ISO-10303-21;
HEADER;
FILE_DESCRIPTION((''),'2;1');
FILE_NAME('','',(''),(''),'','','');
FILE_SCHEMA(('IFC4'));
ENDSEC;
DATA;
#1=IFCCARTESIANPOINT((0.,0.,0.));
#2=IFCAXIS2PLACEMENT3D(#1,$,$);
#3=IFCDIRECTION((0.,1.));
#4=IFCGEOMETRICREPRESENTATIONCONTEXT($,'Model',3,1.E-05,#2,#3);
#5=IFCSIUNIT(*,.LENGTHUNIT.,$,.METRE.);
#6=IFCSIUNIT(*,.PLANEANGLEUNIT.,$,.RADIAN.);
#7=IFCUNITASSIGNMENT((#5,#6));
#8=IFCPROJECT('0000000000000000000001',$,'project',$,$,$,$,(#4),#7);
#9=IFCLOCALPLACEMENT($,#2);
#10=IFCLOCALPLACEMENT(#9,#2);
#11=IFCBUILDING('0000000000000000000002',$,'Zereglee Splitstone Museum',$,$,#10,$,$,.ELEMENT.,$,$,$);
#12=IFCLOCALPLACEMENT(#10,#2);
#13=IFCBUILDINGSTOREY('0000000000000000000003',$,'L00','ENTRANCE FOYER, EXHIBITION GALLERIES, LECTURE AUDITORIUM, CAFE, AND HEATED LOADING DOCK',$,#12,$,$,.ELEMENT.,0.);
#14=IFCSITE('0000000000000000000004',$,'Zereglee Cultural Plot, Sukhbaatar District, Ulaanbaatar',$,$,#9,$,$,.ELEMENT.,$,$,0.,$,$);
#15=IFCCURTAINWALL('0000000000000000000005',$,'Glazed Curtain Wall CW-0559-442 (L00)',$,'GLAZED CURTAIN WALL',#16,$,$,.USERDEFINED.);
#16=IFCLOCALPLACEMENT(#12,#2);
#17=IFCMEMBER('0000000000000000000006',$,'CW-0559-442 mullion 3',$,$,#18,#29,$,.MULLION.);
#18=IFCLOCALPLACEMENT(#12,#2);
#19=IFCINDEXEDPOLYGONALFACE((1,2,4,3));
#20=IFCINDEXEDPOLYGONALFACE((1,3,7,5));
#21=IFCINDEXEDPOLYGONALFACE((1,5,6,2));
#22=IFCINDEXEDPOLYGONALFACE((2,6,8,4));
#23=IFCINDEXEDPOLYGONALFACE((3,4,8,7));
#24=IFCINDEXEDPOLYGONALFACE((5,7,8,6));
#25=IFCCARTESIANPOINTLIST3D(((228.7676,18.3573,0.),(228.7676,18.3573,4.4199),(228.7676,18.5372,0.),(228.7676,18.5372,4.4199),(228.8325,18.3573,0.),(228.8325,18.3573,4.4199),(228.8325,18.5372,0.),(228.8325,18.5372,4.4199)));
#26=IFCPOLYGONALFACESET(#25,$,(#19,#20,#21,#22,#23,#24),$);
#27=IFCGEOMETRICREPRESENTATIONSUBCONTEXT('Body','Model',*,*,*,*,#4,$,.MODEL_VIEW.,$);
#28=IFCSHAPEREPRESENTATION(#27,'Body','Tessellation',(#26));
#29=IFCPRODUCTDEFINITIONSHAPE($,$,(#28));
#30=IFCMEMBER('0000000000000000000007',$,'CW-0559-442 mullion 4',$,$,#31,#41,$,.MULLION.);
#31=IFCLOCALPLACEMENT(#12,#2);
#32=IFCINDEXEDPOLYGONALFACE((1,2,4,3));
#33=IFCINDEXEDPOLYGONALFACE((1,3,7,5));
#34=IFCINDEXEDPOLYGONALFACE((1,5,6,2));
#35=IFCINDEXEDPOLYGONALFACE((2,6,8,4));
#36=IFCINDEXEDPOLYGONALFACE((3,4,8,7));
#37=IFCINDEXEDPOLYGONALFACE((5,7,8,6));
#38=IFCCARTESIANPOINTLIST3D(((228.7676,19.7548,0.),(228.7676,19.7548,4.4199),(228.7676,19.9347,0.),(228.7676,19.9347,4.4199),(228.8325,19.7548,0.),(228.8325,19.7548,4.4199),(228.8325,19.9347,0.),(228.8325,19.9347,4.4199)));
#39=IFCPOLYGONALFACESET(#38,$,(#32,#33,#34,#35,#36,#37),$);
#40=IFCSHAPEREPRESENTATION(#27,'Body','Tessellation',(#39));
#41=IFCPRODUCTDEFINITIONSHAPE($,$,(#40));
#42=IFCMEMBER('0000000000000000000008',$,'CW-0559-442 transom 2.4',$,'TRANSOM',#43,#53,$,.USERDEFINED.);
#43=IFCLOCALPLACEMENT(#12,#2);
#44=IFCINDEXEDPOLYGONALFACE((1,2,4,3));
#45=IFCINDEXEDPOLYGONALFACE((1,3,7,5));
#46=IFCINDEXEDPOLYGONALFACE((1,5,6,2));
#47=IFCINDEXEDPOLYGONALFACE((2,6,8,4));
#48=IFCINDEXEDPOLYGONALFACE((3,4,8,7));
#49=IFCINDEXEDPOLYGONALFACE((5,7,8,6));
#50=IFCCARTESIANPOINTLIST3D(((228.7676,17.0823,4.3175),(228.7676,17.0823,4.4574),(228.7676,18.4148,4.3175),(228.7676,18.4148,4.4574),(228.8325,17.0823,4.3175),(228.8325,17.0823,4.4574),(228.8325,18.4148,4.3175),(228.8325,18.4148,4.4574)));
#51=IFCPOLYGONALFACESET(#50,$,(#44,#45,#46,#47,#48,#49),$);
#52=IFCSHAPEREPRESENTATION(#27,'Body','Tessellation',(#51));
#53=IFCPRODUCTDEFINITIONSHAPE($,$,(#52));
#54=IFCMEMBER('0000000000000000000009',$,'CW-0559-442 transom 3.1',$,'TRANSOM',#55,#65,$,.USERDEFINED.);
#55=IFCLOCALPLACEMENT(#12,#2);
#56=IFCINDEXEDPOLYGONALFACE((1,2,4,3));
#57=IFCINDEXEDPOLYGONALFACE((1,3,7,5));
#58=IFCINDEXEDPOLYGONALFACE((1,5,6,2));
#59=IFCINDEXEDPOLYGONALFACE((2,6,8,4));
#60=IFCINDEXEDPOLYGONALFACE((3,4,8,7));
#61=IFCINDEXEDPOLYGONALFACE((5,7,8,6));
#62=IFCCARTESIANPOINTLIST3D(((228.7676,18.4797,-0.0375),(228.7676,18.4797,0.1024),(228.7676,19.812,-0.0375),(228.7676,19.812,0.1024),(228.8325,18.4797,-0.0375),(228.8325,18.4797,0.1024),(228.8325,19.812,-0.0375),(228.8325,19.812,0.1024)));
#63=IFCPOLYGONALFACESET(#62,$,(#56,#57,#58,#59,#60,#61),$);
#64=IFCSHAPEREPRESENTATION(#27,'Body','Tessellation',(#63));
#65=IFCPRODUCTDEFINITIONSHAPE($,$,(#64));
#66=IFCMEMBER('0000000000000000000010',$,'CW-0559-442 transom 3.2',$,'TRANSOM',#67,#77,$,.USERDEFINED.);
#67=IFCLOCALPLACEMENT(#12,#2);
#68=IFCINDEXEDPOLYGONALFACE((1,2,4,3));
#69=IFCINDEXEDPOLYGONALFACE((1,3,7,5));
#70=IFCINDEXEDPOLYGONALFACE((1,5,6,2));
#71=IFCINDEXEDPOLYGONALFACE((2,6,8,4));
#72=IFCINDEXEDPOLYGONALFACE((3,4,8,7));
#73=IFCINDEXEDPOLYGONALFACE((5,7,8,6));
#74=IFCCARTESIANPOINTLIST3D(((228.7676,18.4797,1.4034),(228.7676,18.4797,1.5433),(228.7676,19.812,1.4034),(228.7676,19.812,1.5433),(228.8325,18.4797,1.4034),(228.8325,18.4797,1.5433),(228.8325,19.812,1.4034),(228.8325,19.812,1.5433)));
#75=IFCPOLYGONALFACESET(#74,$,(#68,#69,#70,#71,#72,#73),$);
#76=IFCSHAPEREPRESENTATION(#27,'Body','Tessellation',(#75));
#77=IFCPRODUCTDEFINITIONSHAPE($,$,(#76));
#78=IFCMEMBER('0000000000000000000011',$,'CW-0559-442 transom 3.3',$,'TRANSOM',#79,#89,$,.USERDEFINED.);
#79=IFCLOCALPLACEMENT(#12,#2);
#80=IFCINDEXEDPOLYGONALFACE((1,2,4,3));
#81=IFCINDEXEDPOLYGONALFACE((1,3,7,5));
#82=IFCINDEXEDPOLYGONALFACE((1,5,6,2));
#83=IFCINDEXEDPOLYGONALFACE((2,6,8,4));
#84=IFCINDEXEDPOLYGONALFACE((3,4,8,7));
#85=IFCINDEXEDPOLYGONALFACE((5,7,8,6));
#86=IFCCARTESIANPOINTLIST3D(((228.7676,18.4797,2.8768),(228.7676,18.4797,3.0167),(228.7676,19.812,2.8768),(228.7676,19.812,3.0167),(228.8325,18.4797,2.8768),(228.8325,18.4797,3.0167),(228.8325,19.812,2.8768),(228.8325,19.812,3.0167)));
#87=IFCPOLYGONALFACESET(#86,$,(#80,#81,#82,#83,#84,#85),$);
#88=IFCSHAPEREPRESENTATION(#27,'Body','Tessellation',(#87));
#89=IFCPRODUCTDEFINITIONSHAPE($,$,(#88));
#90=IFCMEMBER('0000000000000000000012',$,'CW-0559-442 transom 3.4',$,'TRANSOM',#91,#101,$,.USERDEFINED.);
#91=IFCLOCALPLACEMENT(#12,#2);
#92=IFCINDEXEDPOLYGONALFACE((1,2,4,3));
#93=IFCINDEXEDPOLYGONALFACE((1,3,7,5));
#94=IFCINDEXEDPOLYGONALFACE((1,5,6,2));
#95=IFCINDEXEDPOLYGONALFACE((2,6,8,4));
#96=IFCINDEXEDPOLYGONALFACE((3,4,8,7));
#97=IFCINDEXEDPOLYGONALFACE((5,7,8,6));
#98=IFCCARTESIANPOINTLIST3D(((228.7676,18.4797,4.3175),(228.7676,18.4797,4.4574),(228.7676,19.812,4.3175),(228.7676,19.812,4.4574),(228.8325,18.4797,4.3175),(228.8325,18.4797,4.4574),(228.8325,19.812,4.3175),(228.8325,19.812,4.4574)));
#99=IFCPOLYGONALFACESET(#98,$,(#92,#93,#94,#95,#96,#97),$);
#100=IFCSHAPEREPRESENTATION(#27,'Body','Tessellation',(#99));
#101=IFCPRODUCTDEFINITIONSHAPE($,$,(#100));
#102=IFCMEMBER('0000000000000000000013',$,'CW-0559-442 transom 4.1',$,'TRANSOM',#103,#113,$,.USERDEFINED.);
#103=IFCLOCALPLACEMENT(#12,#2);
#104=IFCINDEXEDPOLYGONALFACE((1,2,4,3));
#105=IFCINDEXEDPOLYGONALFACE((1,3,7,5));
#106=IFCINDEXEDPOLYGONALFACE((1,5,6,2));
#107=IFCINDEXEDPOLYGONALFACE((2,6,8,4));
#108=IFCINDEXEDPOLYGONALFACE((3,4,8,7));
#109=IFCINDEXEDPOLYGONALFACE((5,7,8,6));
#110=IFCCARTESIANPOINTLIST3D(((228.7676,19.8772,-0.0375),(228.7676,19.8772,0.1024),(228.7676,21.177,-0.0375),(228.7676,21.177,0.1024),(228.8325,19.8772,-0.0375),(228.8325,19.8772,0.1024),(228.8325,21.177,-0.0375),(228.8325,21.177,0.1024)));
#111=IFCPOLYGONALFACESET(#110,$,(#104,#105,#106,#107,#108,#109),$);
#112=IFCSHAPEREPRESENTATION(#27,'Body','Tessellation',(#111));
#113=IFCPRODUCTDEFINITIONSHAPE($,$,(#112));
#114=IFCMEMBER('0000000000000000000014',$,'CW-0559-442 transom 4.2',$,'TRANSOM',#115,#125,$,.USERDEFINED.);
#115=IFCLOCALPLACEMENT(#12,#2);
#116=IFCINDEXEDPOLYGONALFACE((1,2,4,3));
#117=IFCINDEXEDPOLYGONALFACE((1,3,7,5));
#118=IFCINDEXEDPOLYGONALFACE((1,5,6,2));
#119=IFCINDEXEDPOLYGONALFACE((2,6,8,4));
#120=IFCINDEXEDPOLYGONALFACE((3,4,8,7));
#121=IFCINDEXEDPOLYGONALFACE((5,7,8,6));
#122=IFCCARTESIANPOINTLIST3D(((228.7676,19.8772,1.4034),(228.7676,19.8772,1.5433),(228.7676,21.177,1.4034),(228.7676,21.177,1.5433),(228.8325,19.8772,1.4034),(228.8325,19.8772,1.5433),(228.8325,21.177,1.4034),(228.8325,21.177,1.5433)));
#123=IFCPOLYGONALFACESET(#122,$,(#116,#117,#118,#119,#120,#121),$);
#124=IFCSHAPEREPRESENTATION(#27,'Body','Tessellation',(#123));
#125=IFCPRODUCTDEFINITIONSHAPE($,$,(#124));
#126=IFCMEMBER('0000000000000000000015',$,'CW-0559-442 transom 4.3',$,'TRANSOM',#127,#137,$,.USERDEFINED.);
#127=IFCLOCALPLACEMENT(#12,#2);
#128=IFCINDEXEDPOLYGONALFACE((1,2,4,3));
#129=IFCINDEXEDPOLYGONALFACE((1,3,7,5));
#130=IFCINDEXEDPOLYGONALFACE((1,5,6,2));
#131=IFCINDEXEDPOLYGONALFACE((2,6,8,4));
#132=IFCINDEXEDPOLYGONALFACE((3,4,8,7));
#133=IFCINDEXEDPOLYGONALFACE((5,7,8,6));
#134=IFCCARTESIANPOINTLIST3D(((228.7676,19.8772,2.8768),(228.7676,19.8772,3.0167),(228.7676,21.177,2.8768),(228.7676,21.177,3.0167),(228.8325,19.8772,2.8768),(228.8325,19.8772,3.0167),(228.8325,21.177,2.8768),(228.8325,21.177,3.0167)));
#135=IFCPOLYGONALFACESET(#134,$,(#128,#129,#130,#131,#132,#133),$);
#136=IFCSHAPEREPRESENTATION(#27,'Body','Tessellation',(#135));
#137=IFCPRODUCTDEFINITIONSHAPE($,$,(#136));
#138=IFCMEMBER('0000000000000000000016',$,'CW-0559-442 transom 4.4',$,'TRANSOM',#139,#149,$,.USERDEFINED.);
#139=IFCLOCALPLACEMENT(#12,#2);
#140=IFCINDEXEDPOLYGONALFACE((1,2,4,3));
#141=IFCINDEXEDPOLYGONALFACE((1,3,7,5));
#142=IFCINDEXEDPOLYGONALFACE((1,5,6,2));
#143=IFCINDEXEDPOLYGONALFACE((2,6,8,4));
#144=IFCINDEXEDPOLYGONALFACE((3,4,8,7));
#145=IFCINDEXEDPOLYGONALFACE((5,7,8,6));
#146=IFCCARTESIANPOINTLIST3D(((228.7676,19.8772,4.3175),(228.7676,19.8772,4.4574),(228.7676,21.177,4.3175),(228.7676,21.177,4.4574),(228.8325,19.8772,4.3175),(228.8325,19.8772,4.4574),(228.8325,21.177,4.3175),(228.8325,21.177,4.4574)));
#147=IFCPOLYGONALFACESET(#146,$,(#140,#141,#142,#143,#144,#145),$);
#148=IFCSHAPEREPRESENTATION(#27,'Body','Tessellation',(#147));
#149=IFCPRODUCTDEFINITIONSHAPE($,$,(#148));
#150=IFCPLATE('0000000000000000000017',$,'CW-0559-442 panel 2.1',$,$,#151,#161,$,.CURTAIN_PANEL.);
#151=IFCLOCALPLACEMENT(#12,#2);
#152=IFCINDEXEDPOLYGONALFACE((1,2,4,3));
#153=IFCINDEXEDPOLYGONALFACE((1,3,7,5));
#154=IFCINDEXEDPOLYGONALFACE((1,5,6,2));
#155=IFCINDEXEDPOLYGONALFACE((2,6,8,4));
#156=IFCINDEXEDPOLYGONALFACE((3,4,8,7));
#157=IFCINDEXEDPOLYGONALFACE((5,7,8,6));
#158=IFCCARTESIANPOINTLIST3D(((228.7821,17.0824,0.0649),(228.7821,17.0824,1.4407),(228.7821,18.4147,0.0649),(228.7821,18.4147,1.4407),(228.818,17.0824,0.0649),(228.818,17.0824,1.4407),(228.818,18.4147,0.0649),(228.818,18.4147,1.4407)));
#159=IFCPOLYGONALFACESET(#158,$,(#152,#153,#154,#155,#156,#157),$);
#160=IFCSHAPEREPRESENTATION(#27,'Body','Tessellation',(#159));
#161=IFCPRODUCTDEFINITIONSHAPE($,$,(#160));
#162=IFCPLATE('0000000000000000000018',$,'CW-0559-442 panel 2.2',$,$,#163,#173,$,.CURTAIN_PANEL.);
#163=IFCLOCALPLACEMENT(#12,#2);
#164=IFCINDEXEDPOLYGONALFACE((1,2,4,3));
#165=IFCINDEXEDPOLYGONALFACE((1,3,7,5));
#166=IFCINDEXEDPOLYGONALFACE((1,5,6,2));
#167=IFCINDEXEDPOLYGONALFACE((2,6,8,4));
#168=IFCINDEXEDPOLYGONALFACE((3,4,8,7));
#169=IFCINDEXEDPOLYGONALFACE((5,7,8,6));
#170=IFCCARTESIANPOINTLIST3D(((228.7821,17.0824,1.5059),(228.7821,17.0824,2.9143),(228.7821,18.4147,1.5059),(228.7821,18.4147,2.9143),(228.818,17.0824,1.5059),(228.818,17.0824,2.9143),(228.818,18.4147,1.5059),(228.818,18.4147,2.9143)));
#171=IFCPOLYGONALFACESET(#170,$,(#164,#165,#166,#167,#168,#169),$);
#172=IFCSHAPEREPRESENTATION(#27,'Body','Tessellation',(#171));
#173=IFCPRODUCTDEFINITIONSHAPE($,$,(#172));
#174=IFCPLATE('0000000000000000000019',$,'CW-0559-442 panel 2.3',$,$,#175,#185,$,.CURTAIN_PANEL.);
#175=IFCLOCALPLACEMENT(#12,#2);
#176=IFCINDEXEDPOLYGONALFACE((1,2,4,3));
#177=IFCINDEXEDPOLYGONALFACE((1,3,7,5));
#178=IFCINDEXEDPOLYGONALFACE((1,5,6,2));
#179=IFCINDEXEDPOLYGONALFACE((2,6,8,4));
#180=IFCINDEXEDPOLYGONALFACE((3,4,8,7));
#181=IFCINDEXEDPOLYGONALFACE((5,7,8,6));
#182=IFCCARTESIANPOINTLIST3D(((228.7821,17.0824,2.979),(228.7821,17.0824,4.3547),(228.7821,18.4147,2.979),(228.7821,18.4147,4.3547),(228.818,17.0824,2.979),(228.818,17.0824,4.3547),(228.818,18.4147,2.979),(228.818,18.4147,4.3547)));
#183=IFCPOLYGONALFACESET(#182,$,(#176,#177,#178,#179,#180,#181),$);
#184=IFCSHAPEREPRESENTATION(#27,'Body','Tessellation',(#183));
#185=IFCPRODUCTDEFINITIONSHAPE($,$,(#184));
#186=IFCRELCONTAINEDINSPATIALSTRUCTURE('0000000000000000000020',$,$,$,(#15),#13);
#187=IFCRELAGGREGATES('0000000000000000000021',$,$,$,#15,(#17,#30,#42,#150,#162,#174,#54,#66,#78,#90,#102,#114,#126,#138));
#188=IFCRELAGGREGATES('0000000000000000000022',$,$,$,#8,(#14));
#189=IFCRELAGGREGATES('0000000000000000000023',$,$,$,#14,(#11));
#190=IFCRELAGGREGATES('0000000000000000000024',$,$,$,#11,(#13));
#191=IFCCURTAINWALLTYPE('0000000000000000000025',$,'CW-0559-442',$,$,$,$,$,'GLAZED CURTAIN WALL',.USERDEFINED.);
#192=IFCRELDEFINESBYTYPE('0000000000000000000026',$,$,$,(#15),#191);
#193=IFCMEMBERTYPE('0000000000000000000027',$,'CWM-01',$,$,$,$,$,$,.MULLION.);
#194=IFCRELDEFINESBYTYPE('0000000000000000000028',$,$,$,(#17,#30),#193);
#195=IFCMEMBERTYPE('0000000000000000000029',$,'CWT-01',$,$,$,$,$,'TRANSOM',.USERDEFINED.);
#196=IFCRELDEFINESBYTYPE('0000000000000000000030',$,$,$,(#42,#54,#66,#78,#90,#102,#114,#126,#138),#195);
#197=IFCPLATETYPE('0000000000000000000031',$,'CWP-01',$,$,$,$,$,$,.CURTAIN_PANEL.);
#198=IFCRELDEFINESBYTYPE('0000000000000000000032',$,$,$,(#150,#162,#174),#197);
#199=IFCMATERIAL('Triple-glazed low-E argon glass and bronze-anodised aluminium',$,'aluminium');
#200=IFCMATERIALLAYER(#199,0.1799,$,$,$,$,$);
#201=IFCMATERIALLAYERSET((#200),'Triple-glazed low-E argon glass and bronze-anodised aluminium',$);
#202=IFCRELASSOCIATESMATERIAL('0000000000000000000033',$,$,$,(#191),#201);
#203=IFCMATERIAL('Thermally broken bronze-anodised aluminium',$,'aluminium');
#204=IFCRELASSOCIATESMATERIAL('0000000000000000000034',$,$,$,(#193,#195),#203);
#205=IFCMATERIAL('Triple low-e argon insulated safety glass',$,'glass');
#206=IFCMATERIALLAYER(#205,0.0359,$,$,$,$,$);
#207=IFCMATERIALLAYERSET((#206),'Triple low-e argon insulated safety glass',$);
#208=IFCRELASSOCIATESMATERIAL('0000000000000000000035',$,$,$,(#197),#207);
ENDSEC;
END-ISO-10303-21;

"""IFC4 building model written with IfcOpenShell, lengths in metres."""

from ifc_helpers import new_model, si_unit, direction, frame, origin, origin_2d, place, context, subcontext, project, spatial, rectangle, extrude, material, layer, layer_set, material_profile, profile_set, type_object, element, aggregate, save


model = new_model("IFC4")

# Units and contexts
model_context = context("Model", 3, precision=1e-05, world=origin(), true_north=direction((0.0, 1.0)))
body_context = subcontext(model_context, "Body", "Model", "MODEL_VIEW")
ifc_project = project(units=[si_unit("LENGTHUNIT", "METRE"), si_unit("PLANEANGLEUNIT", "RADIAN")], contexts=[model_context])

# Site, building, storey
site_placement = place(None, origin())
site = spatial("IfcSite", under=ifc_project, at=site_placement, Name="Zereglee Cultural Plot, Sukhbaatar District, Ulaanbaatar", CompositionType="ELEMENT", RefElevation=0.0)
building_placement = place(site_placement, origin())
building = spatial("IfcBuilding", under=site, at=building_placement, Name="Zereglee Splitstone Museum", CompositionType="ELEMENT")
storey_placement = place(building_placement, origin())
storey = spatial("IfcBuildingStorey", under=building, at=storey_placement, Name="L00", Description="ENTRANCE FOYER, EXHIBITION GALLERIES, LECTURE AUDITORIUM, CAFE, AND HEATED LOADING DOCK", CompositionType="ELEMENT", Elevation=0.0)

# Curtain wall, members, plates
ifc_material_1 = material(Name="Triple-glazed low-E argon glass and bronze-anodised aluminium", Category="aluminium")
ifc_layer_1 = layer(ifc_material_1, 0.1799)
ifc_layer_set_1 = layer_set([ifc_layer_1], Name="Triple-glazed low-E argon glass and bronze-anodised aluminium")
curtain_wall_type = type_object("IfcCurtainWallType", Name="CW-0559-442", ElementType="GLAZED CURTAIN WALL", PredefinedType="USERDEFINED", material=ifc_layer_set_1)
curtain_wall_placement = place(storey_placement, origin())
curtain_wall = element("IfcCurtainWall", 1, at=curtain_wall_placement, inside=storey, type_object=curtain_wall_type, Name="Glazed Curtain Wall CW-0559-442 (L00)", ObjectType="GLAZED CURTAIN WALL", PredefinedType="USERDEFINED")
ifc_material_2 = material(Name="Thermally broken bronze-anodised aluminium", Category="aluminium")
ifc_material_profile_1 = material_profile(ifc_material_2, rectangle(XDim=0.0649, YDim=0.1799, at=origin_2d()), Name="CW MULL 65x180")
ifc_profile_set_1 = profile_set([ifc_material_profile_1], Name="Thermally broken bronze-anodised aluminium")
member_type_1 = type_object("IfcMemberType", Name="CWM-01", PredefinedType="MULLION", material=ifc_profile_set_1)
member_1_placement = place(storey_placement, frame((228.8, 18.4473, 0.0), z_axis=(0.0, 0.0, 1.0), x_axis=(-1.0, 0.0, 0.0)))
member_1 = element("IfcMember", 2, at=member_1_placement, type_object=member_type_1, Name="CW-0559-442 mullion 3", PredefinedType="MULLION", context=body_context, shape_type="SweptSolid", body=[
    extrude(rectangle(XDim=0.0649, YDim=0.1799, at=origin_2d()), origin(), (0.0, 0.0, 1.0), 4.4199),
])
member_2_placement = place(storey_placement, frame((228.8, 19.8447, 0.0), z_axis=(0.0, 0.0, 1.0), x_axis=(-1.0, 0.0, 0.0)))
member_2 = element("IfcMember", 3, at=member_2_placement, type_object=member_type_1, Name="CW-0559-442 mullion 4", PredefinedType="MULLION", context=body_context, shape_type="SweptSolid", body=[
    extrude(rectangle(XDim=0.0649, YDim=0.1799, at=origin_2d()), origin(), (0.0, 0.0, 1.0), 4.4199),
])
ifc_material_profile_2 = material_profile(ifc_material_2, rectangle(XDim=0.0649, YDim=0.1399, at=origin_2d()), Name="CW TRAN 65x140")
ifc_profile_set_2 = profile_set([ifc_material_profile_2], Name="Thermally broken bronze-anodised aluminium")
member_type_2 = type_object("IfcMemberType", Name="CWT-01", ElementType="TRANSOM", PredefinedType="USERDEFINED", material=ifc_profile_set_2)
member_3_placement = place(storey_placement, frame((228.8, 17.0823, 4.3875), z_axis=(0.0, 1.0, 0.0), x_axis=(-1.0, 0.0, 0.0)))
member_3 = element("IfcMember", 4, at=member_3_placement, type_object=member_type_2, Name="CW-0559-442 transom 2.4", ObjectType="TRANSOM", PredefinedType="USERDEFINED", context=body_context, shape_type="SweptSolid", body=[
    extrude(rectangle(XDim=0.0649, YDim=0.1399, at=origin_2d()), origin(), (0.0, 0.0, 1.0), 1.3325),
])
member_4_placement = place(storey_placement, frame((228.8, 18.4797, 0.0325), z_axis=(0.0, 1.0, 0.0), x_axis=(-1.0, 0.0, 0.0)))
member_4 = element("IfcMember", 5, at=member_4_placement, type_object=member_type_2, Name="CW-0559-442 transom 3.1", ObjectType="TRANSOM", PredefinedType="USERDEFINED", context=body_context, shape_type="SweptSolid", body=[
    extrude(rectangle(XDim=0.0649, YDim=0.1399, at=origin_2d()), origin(), (0.0, 0.0, 1.0), 1.3323),
])
member_5_placement = place(storey_placement, frame((228.8, 18.4797, 1.4734), z_axis=(0.0, 1.0, 0.0), x_axis=(-1.0, 0.0, 0.0)))
member_5 = element("IfcMember", 6, at=member_5_placement, type_object=member_type_2, Name="CW-0559-442 transom 3.2", ObjectType="TRANSOM", PredefinedType="USERDEFINED", context=body_context, shape_type="SweptSolid", body=[
    extrude(rectangle(XDim=0.0649, YDim=0.1399, at=origin_2d()), origin(), (0.0, 0.0, 1.0), 1.3323),
])
member_6_placement = place(storey_placement, frame((228.8, 18.4797, 2.9468), z_axis=(0.0, 1.0, 0.0), x_axis=(-1.0, 0.0, 0.0)))
member_6 = element("IfcMember", 7, at=member_6_placement, type_object=member_type_2, Name="CW-0559-442 transom 3.3", ObjectType="TRANSOM", PredefinedType="USERDEFINED", context=body_context, shape_type="SweptSolid", body=[
    extrude(rectangle(XDim=0.0649, YDim=0.1399, at=origin_2d()), origin(), (0.0, 0.0, 1.0), 1.3323),
])
member_7_placement = place(storey_placement, frame((228.8, 18.4797, 4.3875), z_axis=(0.0, 1.0, 0.0), x_axis=(-1.0, 0.0, 0.0)))
member_7 = element("IfcMember", 8, at=member_7_placement, type_object=member_type_2, Name="CW-0559-442 transom 3.4", ObjectType="TRANSOM", PredefinedType="USERDEFINED", context=body_context, shape_type="SweptSolid", body=[
    extrude(rectangle(XDim=0.0649, YDim=0.1399, at=origin_2d()), origin(), (0.0, 0.0, 1.0), 1.3323),
])
member_8_placement = place(storey_placement, frame((228.8, 19.8772, 0.0325), z_axis=(0.0, 1.0, 0.0), x_axis=(-1.0, 0.0, 0.0)))
member_8 = element("IfcMember", 9, at=member_8_placement, type_object=member_type_2, Name="CW-0559-442 transom 4.1", ObjectType="TRANSOM", PredefinedType="USERDEFINED", context=body_context, shape_type="SweptSolid", body=[
    extrude(rectangle(XDim=0.0649, YDim=0.1399, at=origin_2d()), origin(), (0.0, 0.0, 1.0), 1.2998),
])
member_9_placement = place(storey_placement, frame((228.8, 19.8772, 1.4734), z_axis=(0.0, 1.0, 0.0), x_axis=(-1.0, 0.0, 0.0)))
member_9 = element("IfcMember", 10, at=member_9_placement, type_object=member_type_2, Name="CW-0559-442 transom 4.2", ObjectType="TRANSOM", PredefinedType="USERDEFINED", context=body_context, shape_type="SweptSolid", body=[
    extrude(rectangle(XDim=0.0649, YDim=0.1399, at=origin_2d()), origin(), (0.0, 0.0, 1.0), 1.2998),
])
member_10_placement = place(storey_placement, frame((228.8, 19.8772, 2.9468), z_axis=(0.0, 1.0, 0.0), x_axis=(-1.0, 0.0, 0.0)))
member_10 = element("IfcMember", 11, at=member_10_placement, type_object=member_type_2, Name="CW-0559-442 transom 4.3", ObjectType="TRANSOM", PredefinedType="USERDEFINED", context=body_context, shape_type="SweptSolid", body=[
    extrude(rectangle(XDim=0.0649, YDim=0.1399, at=origin_2d()), origin(), (0.0, 0.0, 1.0), 1.2998),
])
member_11_placement = place(storey_placement, frame((228.8, 19.8772, 4.3875), z_axis=(0.0, 1.0, 0.0), x_axis=(-1.0, 0.0, 0.0)))
member_11 = element("IfcMember", 12, at=member_11_placement, type_object=member_type_2, Name="CW-0559-442 transom 4.4", ObjectType="TRANSOM", PredefinedType="USERDEFINED", context=body_context, shape_type="SweptSolid", body=[
    extrude(rectangle(XDim=0.0649, YDim=0.1399, at=origin_2d()), origin(), (0.0, 0.0, 1.0), 1.2998),
])
ifc_material_3 = material(Name="Triple low-e argon insulated safety glass", Category="glass")
ifc_layer_2 = layer(ifc_material_3, 0.0359)
ifc_layer_set_2 = layer_set([ifc_layer_2], Name="Triple low-e argon insulated safety glass")
plate_type = type_object("IfcPlateType", Name="CWP-01", PredefinedType="CURTAIN_PANEL", material=ifc_layer_set_2)
plate_1_placement = place(storey_placement, frame((228.8, 17.7485, 0.0649), z_axis=(0.0, 0.0, 1.0), x_axis=(0.0, 1.0, 0.0)))
plate_1 = element("IfcPlate", 13, at=plate_1_placement, type_object=plate_type, Name="CW-0559-442 panel 2.1", PredefinedType="CURTAIN_PANEL", context=body_context, shape_type="SweptSolid", body=[
    extrude(rectangle(XDim=1.3323, YDim=0.0359, at=origin_2d()), origin(), (0.0, 0.0, 1.0), 1.3757),
])
plate_2_placement = place(storey_placement, frame((228.8, 17.7485, 1.5059), z_axis=(0.0, 0.0, 1.0), x_axis=(0.0, 1.0, 0.0)))
plate_2 = element("IfcPlate", 14, at=plate_2_placement, type_object=plate_type, Name="CW-0559-442 panel 2.2", PredefinedType="CURTAIN_PANEL", context=body_context, shape_type="SweptSolid", body=[
    extrude(rectangle(XDim=1.3323, YDim=0.0359, at=origin_2d()), origin(), (0.0, 0.0, 1.0), 1.4084),
])
plate_3_placement = place(storey_placement, frame((228.8, 17.7485, 2.979), z_axis=(0.0, 0.0, 1.0), x_axis=(0.0, 1.0, 0.0)))
plate_3 = element("IfcPlate", 15, at=plate_3_placement, type_object=plate_type, Name="CW-0559-442 panel 2.3", PredefinedType="CURTAIN_PANEL", context=body_context, shape_type="SweptSolid", body=[
    extrude(rectangle(XDim=1.3323, YDim=0.0359, at=origin_2d()), origin(), (0.0, 0.0, 1.0), 1.3757),
])
aggregate(curtain_wall, [member_1, member_2, member_3, plate_1, plate_2, plate_3, member_4, member_5, member_6, member_7, member_8, member_9, member_10, member_11])

save(model, "model.ifc")
